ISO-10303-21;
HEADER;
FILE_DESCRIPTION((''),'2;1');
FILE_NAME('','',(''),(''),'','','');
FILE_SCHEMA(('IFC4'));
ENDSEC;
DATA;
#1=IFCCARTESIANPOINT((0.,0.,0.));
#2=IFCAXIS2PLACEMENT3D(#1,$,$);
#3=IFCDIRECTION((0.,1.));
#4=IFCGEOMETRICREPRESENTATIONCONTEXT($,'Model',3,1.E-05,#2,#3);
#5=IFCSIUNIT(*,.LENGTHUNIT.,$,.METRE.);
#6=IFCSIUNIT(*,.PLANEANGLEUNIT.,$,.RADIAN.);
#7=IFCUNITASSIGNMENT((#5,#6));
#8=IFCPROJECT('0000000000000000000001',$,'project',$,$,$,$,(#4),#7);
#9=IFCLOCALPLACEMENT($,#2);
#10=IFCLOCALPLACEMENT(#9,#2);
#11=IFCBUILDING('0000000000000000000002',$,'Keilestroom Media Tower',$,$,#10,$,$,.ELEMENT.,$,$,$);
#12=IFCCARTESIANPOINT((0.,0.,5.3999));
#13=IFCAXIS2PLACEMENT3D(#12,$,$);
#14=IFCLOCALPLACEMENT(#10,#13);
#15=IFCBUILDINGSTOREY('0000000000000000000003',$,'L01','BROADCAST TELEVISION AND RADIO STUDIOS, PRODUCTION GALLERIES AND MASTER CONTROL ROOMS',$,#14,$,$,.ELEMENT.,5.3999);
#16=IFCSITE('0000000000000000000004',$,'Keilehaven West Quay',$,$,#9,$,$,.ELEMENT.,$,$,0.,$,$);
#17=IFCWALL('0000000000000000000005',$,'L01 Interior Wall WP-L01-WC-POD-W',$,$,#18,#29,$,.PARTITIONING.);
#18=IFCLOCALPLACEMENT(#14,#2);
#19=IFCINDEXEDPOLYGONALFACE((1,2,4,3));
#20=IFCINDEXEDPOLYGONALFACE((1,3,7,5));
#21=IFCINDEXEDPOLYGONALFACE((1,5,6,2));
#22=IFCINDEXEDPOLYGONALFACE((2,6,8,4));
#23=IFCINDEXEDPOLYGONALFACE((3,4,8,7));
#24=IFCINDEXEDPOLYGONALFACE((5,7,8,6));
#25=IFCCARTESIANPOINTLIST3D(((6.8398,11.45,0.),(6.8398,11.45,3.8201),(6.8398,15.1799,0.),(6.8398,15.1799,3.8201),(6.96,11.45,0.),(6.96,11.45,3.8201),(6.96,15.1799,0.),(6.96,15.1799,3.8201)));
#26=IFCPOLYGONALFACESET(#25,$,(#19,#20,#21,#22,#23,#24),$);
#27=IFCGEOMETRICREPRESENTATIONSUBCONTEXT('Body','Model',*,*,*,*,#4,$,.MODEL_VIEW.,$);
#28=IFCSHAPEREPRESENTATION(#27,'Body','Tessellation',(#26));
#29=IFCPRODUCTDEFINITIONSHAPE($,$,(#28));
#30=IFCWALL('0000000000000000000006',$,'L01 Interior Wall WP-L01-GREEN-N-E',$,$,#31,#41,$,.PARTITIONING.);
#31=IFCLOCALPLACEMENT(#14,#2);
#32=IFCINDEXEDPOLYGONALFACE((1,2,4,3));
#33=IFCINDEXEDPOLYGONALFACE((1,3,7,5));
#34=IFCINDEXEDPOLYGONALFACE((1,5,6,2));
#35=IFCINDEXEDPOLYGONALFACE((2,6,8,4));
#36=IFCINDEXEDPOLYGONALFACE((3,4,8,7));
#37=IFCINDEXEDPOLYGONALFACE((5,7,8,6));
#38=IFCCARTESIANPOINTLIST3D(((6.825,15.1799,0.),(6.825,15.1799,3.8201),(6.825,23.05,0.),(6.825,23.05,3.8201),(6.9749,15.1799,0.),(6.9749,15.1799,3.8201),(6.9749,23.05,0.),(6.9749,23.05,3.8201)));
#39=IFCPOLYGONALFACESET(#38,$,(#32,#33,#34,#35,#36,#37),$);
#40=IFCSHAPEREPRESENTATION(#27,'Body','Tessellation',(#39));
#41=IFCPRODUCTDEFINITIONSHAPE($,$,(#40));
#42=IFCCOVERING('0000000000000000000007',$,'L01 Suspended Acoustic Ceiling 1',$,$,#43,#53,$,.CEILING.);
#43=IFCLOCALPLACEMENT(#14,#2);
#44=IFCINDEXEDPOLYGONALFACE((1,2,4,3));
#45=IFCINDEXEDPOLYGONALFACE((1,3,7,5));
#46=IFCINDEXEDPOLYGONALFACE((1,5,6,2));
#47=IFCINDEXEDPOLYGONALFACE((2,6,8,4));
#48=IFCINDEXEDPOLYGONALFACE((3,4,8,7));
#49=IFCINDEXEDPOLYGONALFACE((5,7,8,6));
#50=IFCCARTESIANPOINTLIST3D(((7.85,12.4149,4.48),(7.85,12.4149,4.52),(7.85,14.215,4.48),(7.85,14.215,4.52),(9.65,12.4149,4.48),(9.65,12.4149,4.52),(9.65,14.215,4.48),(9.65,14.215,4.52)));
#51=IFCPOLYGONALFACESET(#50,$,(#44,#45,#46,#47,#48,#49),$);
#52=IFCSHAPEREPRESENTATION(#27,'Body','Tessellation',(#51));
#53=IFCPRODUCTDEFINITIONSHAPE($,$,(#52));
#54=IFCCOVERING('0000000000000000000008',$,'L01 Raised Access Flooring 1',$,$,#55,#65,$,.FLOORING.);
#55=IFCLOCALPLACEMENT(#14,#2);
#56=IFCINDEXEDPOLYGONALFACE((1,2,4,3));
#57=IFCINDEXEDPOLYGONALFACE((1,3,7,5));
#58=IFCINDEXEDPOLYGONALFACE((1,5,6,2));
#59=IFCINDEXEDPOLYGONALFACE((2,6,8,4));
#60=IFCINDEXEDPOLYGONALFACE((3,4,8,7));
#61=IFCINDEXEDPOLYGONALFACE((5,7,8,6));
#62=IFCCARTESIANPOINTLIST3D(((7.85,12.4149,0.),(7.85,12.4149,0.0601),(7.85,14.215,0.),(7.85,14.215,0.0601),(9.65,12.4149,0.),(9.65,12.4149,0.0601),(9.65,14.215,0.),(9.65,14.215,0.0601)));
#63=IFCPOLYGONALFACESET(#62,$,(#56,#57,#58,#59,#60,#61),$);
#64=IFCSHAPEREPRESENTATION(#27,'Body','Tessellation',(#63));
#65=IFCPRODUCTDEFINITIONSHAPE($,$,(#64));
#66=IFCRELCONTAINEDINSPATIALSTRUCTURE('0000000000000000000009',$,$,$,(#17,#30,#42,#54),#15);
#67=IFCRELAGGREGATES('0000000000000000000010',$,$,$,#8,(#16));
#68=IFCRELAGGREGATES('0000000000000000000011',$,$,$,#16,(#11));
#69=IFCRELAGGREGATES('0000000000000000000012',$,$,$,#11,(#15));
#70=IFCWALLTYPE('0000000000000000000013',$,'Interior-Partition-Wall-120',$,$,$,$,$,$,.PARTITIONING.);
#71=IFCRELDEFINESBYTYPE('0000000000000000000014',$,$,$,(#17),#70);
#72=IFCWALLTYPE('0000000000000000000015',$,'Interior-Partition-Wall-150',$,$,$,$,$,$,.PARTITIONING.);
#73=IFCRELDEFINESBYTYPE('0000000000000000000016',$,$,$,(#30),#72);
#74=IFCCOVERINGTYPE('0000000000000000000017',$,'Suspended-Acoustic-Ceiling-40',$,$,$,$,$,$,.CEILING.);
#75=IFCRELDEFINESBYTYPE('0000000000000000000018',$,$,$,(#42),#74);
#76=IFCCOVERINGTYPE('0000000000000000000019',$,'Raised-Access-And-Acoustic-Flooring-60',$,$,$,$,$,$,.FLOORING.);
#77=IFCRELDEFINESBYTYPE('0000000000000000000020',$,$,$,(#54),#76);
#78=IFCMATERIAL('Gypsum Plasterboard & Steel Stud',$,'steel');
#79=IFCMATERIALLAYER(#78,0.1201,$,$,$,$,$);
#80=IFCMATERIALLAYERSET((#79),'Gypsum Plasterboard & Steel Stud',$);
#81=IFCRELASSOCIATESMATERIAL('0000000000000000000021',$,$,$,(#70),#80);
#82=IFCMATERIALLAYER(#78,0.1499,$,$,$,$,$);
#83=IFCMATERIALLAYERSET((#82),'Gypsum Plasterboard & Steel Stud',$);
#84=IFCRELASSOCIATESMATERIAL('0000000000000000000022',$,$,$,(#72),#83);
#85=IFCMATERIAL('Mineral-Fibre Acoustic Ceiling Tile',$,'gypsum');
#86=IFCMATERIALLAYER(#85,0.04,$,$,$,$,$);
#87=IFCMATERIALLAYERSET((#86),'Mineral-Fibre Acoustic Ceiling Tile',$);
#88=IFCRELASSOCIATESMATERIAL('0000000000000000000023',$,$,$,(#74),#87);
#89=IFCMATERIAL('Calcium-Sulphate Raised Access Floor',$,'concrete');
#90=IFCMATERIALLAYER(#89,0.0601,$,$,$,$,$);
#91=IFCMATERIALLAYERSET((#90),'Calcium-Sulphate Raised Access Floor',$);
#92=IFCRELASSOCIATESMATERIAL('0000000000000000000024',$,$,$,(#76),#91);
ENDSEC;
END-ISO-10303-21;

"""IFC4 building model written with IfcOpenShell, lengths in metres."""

from ifc_helpers import new_model, si_unit, direction, frame, frame_2d, origin, origin_2d, place, context, subcontext, project, spatial, rectangle, extrude, source, transform, mapped, material, layer, layer_set, type_object, element, save


model = new_model("IFC4")

# Units and contexts
model_context = context("Model", 3, precision=1e-05, world=origin(), true_north=direction((0.0, 1.0)))
body_context = subcontext(model_context, "Body", "Model", "MODEL_VIEW")
ifc_project = project(units=[si_unit("LENGTHUNIT", "METRE"), si_unit("PLANEANGLEUNIT", "RADIAN")], contexts=[model_context])

# Site, building, storey
site_placement = place(None, origin())
site = spatial("IfcSite", under=ifc_project, at=site_placement, Name="Keilehaven West Quay", CompositionType="ELEMENT", RefElevation=0.0)
building_placement = place(site_placement, origin())
building = spatial("IfcBuilding", under=site, at=building_placement, Name="Keilestroom Media Tower", CompositionType="ELEMENT")
storey_placement = place(building_placement, frame((0.0, 0.0, 5.3999)))
storey = spatial("IfcBuildingStorey", under=building, at=storey_placement, Name="L01", Description="BROADCAST TELEVISION AND RADIO STUDIOS, PRODUCTION GALLERIES AND MASTER CONTROL ROOMS", CompositionType="ELEMENT", Elevation=5.3999)

# Shared definitions
ifc_material_1 = material(Name="Gypsum Plasterboard & Steel Stud", Category="steel")
ifc_layer_1 = layer(ifc_material_1, 0.1201)
ifc_layer_set_1 = layer_set([ifc_layer_1], Name="Gypsum Plasterboard & Steel Stud")
wall_type_1 = type_object("IfcWallType", Name="Interior-Partition-Wall-120", PredefinedType="PARTITIONING", material=ifc_layer_set_1)

# Walls
wall_1_placement = place(storey_placement, frame((6.8999, 11.45, 0.0), z_axis=(0.0, 0.0, 1.0), x_axis=(0.0, 1.0, 0.0)))
element("IfcWall", 1, at=wall_1_placement, inside=storey, type_object=wall_type_1, Name="L01 Interior Wall WP-L01-WC-POD-W", PredefinedType="PARTITIONING", context=body_context, shape_type="SweptSolid", body=[
    extrude(rectangle(XDim=3.73, YDim=0.1201, at=frame_2d((1.865, 0.0))), origin(), (0.0, 0.0, 1.0), 3.8201),
])
ifc_layer_2 = layer(ifc_material_1, 0.1499)
ifc_layer_set_2 = layer_set([ifc_layer_2], Name="Gypsum Plasterboard & Steel Stud")
wall_type_2 = type_object("IfcWallType", Name="Interior-Partition-Wall-150", PredefinedType="PARTITIONING", material=ifc_layer_set_2)
wall_2_placement = place(storey_placement, frame((6.8999, 15.1799, 0.0), z_axis=(0.0, 0.0, 1.0), x_axis=(0.0, 1.0, 0.0)))
element("IfcWall", 2, at=wall_2_placement, inside=storey, type_object=wall_type_2, Name="L01 Interior Wall WP-L01-GREEN-N-E", PredefinedType="PARTITIONING", context=body_context, shape_type="SweptSolid", body=[
    extrude(rectangle(XDim=7.8701, YDim=0.1499, at=frame_2d((3.9351, 0.0))), origin(), (0.0, 0.0, 1.0), 3.8201),
])

# Coverings
ifc_material_2 = material(Name="Mineral-Fibre Acoustic Ceiling Tile", Category="gypsum")
ifc_layer_3 = layer(ifc_material_2, 0.04)
ifc_layer_set_3 = layer_set([ifc_layer_3], Name="Mineral-Fibre Acoustic Ceiling Tile")
covering_type_1 = type_object("IfcCoveringType", Name="Suspended-Acoustic-Ceiling-40", PredefinedType="CEILING", material=ifc_layer_set_3)
shared_shape_1 = source(origin(), body_context, "Body", "SweptSolid", [
    extrude(rectangle(XDim=1.8, YDim=1.8, at=origin_2d()), origin(), (0.0, 0.0, 1.0), 0.04),
])
covering_1_placement = place(storey_placement, frame((8.75, 13.3149, 4.48), z_axis=(0.0, 0.0, 1.0), x_axis=(1.0, 0.0, 0.0)))
element("IfcCovering", 3, at=covering_1_placement, inside=storey, type_object=covering_type_1, Name="L01 Suspended Acoustic Ceiling 1", PredefinedType="CEILING", context=body_context, shape_type="MappedRepresentation", body=[
    mapped(shared_shape_1, transform((0.0, 0.0, 0.0), x_axis=(1.0, 0.0, 0.0), y_axis=(0.0, 1.0, 0.0), z_axis=(0.0, 0.0, 1.0), scale=1.0)),
])
ifc_material_3 = material(Name="Calcium-Sulphate Raised Access Floor", Category="concrete")
ifc_layer_4 = layer(ifc_material_3, 0.0601)
ifc_layer_set_4 = layer_set([ifc_layer_4], Name="Calcium-Sulphate Raised Access Floor")
covering_type_2 = type_object("IfcCoveringType", Name="Raised-Access-And-Acoustic-Flooring-60", PredefinedType="FLOORING", material=ifc_layer_set_4)
shared_shape_2 = source(origin(), body_context, "Body", "SweptSolid", [
    extrude(rectangle(XDim=1.8, YDim=1.8, at=origin_2d()), origin(), (0.0, 0.0, 1.0), 0.0601),
])
covering_2_placement = place(storey_placement, frame((8.75, 13.3149, 0.0), z_axis=(0.0, 0.0, 1.0), x_axis=(1.0, 0.0, 0.0)))
element("IfcCovering", 4, at=covering_2_placement, inside=storey, type_object=covering_type_2, Name="L01 Raised Access Flooring 1", PredefinedType="FLOORING", context=body_context, shape_type="MappedRepresentation", body=[
    mapped(shared_shape_2, transform((0.0, 0.0, 0.0), x_axis=(1.0, 0.0, 0.0), y_axis=(0.0, 1.0, 0.0), z_axis=(0.0, 0.0, 1.0), scale=1.0)),
])

save(model, "model.ifc")
